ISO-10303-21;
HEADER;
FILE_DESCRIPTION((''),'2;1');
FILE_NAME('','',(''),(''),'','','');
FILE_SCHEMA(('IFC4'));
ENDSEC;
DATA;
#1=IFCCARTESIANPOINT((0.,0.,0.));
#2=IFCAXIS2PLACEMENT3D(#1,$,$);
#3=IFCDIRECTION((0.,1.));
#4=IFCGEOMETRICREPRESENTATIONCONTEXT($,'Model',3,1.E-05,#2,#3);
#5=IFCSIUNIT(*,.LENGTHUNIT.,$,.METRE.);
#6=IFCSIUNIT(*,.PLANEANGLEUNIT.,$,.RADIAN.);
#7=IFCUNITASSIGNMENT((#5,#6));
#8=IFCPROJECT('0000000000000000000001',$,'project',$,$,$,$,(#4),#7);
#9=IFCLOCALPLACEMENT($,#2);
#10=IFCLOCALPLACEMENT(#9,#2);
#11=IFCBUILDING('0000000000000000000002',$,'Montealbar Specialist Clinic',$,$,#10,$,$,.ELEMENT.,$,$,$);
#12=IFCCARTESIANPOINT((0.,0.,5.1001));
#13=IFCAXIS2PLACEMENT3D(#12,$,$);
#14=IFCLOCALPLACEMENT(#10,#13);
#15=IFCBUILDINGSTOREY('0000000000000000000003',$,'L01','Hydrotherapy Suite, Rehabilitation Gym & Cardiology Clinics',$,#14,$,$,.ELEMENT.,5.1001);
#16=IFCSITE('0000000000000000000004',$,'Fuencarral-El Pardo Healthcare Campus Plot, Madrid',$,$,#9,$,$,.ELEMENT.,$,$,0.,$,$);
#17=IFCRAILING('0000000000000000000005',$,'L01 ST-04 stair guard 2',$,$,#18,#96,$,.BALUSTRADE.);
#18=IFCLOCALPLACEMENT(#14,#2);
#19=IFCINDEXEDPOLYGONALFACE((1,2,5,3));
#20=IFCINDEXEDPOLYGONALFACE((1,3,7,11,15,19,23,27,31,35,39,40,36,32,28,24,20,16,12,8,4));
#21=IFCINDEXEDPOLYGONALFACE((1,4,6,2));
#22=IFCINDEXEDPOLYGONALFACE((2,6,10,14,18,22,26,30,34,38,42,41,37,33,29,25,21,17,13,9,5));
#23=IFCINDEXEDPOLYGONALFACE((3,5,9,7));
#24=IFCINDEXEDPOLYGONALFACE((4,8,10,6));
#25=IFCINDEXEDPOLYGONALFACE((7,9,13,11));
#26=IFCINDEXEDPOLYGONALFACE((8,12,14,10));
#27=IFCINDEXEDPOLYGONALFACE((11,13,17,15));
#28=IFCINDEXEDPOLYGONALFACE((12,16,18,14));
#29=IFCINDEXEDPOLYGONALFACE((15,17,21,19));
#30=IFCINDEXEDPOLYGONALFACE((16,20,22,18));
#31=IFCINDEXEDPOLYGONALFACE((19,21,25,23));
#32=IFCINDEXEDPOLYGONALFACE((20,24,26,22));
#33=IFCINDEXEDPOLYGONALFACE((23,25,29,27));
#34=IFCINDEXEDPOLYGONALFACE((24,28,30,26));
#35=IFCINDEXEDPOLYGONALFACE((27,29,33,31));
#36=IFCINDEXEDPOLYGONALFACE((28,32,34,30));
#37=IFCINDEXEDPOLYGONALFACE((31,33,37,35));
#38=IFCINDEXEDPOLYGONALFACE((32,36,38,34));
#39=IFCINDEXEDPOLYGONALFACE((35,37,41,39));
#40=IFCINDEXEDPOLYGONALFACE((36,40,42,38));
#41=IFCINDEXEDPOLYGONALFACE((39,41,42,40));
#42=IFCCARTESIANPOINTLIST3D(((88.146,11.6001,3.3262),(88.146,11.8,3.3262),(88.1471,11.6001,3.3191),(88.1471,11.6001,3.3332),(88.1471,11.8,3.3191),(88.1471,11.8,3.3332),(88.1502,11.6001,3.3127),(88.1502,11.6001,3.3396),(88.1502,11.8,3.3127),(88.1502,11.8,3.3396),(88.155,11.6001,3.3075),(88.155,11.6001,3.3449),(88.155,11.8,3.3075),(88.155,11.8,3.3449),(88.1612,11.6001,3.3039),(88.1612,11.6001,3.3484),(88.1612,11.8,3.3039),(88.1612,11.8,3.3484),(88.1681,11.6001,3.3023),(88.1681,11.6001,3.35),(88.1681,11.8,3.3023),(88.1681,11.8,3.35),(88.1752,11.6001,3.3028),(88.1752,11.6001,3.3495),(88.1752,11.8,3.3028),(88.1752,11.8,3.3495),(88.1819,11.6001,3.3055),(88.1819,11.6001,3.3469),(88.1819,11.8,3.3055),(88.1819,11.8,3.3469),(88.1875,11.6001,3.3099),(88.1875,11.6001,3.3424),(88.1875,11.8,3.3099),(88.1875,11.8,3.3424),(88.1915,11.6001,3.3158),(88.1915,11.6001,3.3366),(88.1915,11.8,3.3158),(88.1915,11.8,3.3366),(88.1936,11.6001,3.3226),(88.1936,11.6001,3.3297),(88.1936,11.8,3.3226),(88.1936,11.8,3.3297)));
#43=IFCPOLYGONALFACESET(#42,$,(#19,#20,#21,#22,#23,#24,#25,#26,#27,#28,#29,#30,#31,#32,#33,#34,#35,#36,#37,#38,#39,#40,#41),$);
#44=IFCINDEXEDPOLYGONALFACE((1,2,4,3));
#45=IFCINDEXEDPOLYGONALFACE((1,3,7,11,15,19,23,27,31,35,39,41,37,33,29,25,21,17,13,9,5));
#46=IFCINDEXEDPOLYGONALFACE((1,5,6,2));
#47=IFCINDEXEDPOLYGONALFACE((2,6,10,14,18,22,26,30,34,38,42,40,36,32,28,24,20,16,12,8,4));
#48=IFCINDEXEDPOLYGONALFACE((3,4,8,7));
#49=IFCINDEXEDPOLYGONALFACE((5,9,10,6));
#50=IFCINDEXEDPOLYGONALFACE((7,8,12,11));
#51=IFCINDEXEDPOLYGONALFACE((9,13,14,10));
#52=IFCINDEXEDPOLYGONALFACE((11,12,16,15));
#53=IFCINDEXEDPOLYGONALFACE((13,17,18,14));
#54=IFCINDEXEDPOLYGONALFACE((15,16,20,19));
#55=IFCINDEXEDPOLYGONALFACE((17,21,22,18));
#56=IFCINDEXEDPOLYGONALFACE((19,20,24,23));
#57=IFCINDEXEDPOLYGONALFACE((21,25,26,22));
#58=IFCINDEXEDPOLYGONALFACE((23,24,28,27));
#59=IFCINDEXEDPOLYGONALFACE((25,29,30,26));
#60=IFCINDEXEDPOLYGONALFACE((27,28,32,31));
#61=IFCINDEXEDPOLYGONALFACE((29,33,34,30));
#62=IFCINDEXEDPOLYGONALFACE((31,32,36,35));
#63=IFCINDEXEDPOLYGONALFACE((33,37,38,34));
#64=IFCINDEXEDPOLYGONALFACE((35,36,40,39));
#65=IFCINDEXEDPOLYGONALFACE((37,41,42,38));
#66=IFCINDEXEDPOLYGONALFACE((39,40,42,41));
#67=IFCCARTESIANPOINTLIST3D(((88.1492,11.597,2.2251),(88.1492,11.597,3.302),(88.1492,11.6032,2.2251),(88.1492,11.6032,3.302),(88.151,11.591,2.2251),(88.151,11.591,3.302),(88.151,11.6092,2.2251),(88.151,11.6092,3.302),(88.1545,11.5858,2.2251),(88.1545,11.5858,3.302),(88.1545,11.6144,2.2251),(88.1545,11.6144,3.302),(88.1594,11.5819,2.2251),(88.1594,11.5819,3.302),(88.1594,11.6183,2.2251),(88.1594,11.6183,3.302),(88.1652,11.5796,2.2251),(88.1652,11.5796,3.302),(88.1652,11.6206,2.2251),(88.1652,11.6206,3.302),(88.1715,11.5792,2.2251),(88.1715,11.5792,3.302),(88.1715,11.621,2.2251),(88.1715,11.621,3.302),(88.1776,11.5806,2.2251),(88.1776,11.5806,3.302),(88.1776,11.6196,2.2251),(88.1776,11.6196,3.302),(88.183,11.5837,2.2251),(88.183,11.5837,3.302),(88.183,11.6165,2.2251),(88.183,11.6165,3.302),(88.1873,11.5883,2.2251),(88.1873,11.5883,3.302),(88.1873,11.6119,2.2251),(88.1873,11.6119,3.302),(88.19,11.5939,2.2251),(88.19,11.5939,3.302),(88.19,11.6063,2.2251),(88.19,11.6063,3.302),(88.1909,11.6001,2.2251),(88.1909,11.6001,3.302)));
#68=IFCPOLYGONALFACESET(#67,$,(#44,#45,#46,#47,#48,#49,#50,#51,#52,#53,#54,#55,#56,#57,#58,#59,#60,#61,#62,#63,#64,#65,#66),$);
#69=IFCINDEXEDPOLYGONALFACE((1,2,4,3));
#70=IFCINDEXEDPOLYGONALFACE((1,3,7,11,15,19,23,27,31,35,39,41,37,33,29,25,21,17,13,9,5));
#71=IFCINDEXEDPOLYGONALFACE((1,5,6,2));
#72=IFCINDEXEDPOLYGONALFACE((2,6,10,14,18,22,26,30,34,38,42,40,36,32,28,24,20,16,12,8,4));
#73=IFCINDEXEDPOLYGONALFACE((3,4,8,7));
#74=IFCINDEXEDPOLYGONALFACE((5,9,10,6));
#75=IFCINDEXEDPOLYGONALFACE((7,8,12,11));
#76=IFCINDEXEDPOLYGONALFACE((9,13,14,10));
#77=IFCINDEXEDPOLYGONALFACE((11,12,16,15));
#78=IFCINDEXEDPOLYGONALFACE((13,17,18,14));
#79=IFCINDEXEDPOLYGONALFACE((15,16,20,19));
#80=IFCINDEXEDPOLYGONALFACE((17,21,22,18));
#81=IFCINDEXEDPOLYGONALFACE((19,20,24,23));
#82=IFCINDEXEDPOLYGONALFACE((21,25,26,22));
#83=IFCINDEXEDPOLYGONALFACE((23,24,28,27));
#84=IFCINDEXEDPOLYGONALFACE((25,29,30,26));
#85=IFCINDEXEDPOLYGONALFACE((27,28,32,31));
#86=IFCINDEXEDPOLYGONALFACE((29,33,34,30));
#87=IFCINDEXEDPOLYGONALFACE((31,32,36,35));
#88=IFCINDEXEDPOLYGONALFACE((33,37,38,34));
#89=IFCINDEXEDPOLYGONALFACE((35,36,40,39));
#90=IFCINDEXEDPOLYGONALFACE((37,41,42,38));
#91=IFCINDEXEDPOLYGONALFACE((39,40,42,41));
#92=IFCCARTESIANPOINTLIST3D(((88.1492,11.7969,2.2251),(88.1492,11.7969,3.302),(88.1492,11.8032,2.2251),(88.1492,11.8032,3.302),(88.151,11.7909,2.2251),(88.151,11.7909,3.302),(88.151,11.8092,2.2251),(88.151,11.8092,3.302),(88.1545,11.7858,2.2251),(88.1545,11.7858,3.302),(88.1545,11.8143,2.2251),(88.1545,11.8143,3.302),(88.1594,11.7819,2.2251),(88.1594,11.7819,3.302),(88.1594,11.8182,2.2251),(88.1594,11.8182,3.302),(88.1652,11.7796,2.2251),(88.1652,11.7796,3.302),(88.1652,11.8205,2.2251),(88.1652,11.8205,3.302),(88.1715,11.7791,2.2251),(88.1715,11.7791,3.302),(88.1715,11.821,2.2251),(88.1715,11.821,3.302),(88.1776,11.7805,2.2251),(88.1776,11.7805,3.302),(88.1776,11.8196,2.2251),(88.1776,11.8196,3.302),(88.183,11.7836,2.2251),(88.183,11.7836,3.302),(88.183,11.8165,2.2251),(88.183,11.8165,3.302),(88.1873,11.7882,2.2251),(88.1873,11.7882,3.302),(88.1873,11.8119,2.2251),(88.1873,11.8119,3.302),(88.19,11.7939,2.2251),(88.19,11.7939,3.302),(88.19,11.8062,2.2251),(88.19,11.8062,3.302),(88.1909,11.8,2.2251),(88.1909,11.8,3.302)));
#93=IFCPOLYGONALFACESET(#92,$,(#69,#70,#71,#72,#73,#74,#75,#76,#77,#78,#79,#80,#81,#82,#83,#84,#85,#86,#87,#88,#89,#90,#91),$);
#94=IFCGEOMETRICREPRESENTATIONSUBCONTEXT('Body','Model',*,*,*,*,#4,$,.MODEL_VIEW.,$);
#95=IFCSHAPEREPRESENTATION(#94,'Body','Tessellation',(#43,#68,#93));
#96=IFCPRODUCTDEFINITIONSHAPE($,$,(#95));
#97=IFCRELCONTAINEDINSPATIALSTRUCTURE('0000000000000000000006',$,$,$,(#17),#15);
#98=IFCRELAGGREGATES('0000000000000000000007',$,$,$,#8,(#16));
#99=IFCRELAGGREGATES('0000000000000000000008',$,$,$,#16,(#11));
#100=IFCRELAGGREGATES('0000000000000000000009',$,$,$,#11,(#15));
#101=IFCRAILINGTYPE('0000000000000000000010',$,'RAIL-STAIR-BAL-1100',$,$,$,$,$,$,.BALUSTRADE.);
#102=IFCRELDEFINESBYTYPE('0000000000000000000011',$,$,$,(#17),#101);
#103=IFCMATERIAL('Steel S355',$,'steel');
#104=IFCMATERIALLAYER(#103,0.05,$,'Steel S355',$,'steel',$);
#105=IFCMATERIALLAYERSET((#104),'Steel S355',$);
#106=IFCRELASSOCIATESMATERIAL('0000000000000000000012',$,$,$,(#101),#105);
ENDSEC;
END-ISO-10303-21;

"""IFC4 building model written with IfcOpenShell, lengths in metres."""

from ifc_helpers import new_model, si_unit, direction, frame, origin, origin_2d, place, context, subcontext, project, spatial, circle, extrude, material, layer, layer_set, type_object, element, save


model = new_model("IFC4")

# Units and contexts
model_context = context("Model", 3, precision=1e-05, world=origin(), true_north=direction((0.0, 1.0)))
body_context = subcontext(model_context, "Body", "Model", "MODEL_VIEW")
ifc_project = project(units=[si_unit("LENGTHUNIT", "METRE"), si_unit("PLANEANGLEUNIT", "RADIAN")], contexts=[model_context])

# Site, building, storey
site_placement = place(None, origin())
site = spatial("IfcSite", under=ifc_project, at=site_placement, Name="Fuencarral-El Pardo Healthcare Campus Plot, Madrid", CompositionType="ELEMENT", RefElevation=0.0)
building_placement = place(site_placement, origin())
building = spatial("IfcBuilding", under=site, at=building_placement, Name="Montealbar Specialist Clinic", CompositionType="ELEMENT")
storey_placement = place(building_placement, frame((0.0, 0.0, 5.1001)))
storey = spatial("IfcBuildingStorey", under=building, at=storey_placement, Name="L01", Description="Hydrotherapy Suite, Rehabilitation Gym & Cardiology Clinics", CompositionType="ELEMENT", Elevation=5.1001)

# Shared definitions
ifc_material_1 = material(Name="Steel S355", Category="steel")

# Railing
ifc_layer_1 = layer(ifc_material_1, 0.05, Name="Steel S355", Category="steel")
ifc_layer_set_1 = layer_set([ifc_layer_1], Name="Steel S355")
railing_type_1 = type_object("IfcRailingType", Name="RAIL-STAIR-BAL-1100", PredefinedType="BALUSTRADE", material=ifc_layer_set_1)
railing_1_placement = place(storey_placement, frame((88.1699, 11.6001, 2.25)))
element("IfcRailing", 1, at=railing_1_placement, inside=storey, type_object=railing_type_1, Name="L01 ST-04 stair guard 2", PredefinedType="BALUSTRADE", context=body_context, shape_type="SweptSolid", body=[
    extrude(circle(Radius=0.0239, at=origin_2d()), frame((0.0, 0.0, 1.0762), z_axis=(0.0, 1.0, 0.0), x_axis=(-1.0, 0.0, 0.0)), (0.0, 0.0, 1.0), 0.2),
    extrude(circle(Radius=0.021, at=origin_2d()), frame((0.0, 0.0, -0.0249)), (0.0, 0.0, 1.0), 1.0769),
    extrude(circle(Radius=0.021, at=origin_2d()), frame((0.0, 0.2, -0.0249)), (0.0, 0.0, 1.0), 1.0769),
])

save(model, "model.ifc")
